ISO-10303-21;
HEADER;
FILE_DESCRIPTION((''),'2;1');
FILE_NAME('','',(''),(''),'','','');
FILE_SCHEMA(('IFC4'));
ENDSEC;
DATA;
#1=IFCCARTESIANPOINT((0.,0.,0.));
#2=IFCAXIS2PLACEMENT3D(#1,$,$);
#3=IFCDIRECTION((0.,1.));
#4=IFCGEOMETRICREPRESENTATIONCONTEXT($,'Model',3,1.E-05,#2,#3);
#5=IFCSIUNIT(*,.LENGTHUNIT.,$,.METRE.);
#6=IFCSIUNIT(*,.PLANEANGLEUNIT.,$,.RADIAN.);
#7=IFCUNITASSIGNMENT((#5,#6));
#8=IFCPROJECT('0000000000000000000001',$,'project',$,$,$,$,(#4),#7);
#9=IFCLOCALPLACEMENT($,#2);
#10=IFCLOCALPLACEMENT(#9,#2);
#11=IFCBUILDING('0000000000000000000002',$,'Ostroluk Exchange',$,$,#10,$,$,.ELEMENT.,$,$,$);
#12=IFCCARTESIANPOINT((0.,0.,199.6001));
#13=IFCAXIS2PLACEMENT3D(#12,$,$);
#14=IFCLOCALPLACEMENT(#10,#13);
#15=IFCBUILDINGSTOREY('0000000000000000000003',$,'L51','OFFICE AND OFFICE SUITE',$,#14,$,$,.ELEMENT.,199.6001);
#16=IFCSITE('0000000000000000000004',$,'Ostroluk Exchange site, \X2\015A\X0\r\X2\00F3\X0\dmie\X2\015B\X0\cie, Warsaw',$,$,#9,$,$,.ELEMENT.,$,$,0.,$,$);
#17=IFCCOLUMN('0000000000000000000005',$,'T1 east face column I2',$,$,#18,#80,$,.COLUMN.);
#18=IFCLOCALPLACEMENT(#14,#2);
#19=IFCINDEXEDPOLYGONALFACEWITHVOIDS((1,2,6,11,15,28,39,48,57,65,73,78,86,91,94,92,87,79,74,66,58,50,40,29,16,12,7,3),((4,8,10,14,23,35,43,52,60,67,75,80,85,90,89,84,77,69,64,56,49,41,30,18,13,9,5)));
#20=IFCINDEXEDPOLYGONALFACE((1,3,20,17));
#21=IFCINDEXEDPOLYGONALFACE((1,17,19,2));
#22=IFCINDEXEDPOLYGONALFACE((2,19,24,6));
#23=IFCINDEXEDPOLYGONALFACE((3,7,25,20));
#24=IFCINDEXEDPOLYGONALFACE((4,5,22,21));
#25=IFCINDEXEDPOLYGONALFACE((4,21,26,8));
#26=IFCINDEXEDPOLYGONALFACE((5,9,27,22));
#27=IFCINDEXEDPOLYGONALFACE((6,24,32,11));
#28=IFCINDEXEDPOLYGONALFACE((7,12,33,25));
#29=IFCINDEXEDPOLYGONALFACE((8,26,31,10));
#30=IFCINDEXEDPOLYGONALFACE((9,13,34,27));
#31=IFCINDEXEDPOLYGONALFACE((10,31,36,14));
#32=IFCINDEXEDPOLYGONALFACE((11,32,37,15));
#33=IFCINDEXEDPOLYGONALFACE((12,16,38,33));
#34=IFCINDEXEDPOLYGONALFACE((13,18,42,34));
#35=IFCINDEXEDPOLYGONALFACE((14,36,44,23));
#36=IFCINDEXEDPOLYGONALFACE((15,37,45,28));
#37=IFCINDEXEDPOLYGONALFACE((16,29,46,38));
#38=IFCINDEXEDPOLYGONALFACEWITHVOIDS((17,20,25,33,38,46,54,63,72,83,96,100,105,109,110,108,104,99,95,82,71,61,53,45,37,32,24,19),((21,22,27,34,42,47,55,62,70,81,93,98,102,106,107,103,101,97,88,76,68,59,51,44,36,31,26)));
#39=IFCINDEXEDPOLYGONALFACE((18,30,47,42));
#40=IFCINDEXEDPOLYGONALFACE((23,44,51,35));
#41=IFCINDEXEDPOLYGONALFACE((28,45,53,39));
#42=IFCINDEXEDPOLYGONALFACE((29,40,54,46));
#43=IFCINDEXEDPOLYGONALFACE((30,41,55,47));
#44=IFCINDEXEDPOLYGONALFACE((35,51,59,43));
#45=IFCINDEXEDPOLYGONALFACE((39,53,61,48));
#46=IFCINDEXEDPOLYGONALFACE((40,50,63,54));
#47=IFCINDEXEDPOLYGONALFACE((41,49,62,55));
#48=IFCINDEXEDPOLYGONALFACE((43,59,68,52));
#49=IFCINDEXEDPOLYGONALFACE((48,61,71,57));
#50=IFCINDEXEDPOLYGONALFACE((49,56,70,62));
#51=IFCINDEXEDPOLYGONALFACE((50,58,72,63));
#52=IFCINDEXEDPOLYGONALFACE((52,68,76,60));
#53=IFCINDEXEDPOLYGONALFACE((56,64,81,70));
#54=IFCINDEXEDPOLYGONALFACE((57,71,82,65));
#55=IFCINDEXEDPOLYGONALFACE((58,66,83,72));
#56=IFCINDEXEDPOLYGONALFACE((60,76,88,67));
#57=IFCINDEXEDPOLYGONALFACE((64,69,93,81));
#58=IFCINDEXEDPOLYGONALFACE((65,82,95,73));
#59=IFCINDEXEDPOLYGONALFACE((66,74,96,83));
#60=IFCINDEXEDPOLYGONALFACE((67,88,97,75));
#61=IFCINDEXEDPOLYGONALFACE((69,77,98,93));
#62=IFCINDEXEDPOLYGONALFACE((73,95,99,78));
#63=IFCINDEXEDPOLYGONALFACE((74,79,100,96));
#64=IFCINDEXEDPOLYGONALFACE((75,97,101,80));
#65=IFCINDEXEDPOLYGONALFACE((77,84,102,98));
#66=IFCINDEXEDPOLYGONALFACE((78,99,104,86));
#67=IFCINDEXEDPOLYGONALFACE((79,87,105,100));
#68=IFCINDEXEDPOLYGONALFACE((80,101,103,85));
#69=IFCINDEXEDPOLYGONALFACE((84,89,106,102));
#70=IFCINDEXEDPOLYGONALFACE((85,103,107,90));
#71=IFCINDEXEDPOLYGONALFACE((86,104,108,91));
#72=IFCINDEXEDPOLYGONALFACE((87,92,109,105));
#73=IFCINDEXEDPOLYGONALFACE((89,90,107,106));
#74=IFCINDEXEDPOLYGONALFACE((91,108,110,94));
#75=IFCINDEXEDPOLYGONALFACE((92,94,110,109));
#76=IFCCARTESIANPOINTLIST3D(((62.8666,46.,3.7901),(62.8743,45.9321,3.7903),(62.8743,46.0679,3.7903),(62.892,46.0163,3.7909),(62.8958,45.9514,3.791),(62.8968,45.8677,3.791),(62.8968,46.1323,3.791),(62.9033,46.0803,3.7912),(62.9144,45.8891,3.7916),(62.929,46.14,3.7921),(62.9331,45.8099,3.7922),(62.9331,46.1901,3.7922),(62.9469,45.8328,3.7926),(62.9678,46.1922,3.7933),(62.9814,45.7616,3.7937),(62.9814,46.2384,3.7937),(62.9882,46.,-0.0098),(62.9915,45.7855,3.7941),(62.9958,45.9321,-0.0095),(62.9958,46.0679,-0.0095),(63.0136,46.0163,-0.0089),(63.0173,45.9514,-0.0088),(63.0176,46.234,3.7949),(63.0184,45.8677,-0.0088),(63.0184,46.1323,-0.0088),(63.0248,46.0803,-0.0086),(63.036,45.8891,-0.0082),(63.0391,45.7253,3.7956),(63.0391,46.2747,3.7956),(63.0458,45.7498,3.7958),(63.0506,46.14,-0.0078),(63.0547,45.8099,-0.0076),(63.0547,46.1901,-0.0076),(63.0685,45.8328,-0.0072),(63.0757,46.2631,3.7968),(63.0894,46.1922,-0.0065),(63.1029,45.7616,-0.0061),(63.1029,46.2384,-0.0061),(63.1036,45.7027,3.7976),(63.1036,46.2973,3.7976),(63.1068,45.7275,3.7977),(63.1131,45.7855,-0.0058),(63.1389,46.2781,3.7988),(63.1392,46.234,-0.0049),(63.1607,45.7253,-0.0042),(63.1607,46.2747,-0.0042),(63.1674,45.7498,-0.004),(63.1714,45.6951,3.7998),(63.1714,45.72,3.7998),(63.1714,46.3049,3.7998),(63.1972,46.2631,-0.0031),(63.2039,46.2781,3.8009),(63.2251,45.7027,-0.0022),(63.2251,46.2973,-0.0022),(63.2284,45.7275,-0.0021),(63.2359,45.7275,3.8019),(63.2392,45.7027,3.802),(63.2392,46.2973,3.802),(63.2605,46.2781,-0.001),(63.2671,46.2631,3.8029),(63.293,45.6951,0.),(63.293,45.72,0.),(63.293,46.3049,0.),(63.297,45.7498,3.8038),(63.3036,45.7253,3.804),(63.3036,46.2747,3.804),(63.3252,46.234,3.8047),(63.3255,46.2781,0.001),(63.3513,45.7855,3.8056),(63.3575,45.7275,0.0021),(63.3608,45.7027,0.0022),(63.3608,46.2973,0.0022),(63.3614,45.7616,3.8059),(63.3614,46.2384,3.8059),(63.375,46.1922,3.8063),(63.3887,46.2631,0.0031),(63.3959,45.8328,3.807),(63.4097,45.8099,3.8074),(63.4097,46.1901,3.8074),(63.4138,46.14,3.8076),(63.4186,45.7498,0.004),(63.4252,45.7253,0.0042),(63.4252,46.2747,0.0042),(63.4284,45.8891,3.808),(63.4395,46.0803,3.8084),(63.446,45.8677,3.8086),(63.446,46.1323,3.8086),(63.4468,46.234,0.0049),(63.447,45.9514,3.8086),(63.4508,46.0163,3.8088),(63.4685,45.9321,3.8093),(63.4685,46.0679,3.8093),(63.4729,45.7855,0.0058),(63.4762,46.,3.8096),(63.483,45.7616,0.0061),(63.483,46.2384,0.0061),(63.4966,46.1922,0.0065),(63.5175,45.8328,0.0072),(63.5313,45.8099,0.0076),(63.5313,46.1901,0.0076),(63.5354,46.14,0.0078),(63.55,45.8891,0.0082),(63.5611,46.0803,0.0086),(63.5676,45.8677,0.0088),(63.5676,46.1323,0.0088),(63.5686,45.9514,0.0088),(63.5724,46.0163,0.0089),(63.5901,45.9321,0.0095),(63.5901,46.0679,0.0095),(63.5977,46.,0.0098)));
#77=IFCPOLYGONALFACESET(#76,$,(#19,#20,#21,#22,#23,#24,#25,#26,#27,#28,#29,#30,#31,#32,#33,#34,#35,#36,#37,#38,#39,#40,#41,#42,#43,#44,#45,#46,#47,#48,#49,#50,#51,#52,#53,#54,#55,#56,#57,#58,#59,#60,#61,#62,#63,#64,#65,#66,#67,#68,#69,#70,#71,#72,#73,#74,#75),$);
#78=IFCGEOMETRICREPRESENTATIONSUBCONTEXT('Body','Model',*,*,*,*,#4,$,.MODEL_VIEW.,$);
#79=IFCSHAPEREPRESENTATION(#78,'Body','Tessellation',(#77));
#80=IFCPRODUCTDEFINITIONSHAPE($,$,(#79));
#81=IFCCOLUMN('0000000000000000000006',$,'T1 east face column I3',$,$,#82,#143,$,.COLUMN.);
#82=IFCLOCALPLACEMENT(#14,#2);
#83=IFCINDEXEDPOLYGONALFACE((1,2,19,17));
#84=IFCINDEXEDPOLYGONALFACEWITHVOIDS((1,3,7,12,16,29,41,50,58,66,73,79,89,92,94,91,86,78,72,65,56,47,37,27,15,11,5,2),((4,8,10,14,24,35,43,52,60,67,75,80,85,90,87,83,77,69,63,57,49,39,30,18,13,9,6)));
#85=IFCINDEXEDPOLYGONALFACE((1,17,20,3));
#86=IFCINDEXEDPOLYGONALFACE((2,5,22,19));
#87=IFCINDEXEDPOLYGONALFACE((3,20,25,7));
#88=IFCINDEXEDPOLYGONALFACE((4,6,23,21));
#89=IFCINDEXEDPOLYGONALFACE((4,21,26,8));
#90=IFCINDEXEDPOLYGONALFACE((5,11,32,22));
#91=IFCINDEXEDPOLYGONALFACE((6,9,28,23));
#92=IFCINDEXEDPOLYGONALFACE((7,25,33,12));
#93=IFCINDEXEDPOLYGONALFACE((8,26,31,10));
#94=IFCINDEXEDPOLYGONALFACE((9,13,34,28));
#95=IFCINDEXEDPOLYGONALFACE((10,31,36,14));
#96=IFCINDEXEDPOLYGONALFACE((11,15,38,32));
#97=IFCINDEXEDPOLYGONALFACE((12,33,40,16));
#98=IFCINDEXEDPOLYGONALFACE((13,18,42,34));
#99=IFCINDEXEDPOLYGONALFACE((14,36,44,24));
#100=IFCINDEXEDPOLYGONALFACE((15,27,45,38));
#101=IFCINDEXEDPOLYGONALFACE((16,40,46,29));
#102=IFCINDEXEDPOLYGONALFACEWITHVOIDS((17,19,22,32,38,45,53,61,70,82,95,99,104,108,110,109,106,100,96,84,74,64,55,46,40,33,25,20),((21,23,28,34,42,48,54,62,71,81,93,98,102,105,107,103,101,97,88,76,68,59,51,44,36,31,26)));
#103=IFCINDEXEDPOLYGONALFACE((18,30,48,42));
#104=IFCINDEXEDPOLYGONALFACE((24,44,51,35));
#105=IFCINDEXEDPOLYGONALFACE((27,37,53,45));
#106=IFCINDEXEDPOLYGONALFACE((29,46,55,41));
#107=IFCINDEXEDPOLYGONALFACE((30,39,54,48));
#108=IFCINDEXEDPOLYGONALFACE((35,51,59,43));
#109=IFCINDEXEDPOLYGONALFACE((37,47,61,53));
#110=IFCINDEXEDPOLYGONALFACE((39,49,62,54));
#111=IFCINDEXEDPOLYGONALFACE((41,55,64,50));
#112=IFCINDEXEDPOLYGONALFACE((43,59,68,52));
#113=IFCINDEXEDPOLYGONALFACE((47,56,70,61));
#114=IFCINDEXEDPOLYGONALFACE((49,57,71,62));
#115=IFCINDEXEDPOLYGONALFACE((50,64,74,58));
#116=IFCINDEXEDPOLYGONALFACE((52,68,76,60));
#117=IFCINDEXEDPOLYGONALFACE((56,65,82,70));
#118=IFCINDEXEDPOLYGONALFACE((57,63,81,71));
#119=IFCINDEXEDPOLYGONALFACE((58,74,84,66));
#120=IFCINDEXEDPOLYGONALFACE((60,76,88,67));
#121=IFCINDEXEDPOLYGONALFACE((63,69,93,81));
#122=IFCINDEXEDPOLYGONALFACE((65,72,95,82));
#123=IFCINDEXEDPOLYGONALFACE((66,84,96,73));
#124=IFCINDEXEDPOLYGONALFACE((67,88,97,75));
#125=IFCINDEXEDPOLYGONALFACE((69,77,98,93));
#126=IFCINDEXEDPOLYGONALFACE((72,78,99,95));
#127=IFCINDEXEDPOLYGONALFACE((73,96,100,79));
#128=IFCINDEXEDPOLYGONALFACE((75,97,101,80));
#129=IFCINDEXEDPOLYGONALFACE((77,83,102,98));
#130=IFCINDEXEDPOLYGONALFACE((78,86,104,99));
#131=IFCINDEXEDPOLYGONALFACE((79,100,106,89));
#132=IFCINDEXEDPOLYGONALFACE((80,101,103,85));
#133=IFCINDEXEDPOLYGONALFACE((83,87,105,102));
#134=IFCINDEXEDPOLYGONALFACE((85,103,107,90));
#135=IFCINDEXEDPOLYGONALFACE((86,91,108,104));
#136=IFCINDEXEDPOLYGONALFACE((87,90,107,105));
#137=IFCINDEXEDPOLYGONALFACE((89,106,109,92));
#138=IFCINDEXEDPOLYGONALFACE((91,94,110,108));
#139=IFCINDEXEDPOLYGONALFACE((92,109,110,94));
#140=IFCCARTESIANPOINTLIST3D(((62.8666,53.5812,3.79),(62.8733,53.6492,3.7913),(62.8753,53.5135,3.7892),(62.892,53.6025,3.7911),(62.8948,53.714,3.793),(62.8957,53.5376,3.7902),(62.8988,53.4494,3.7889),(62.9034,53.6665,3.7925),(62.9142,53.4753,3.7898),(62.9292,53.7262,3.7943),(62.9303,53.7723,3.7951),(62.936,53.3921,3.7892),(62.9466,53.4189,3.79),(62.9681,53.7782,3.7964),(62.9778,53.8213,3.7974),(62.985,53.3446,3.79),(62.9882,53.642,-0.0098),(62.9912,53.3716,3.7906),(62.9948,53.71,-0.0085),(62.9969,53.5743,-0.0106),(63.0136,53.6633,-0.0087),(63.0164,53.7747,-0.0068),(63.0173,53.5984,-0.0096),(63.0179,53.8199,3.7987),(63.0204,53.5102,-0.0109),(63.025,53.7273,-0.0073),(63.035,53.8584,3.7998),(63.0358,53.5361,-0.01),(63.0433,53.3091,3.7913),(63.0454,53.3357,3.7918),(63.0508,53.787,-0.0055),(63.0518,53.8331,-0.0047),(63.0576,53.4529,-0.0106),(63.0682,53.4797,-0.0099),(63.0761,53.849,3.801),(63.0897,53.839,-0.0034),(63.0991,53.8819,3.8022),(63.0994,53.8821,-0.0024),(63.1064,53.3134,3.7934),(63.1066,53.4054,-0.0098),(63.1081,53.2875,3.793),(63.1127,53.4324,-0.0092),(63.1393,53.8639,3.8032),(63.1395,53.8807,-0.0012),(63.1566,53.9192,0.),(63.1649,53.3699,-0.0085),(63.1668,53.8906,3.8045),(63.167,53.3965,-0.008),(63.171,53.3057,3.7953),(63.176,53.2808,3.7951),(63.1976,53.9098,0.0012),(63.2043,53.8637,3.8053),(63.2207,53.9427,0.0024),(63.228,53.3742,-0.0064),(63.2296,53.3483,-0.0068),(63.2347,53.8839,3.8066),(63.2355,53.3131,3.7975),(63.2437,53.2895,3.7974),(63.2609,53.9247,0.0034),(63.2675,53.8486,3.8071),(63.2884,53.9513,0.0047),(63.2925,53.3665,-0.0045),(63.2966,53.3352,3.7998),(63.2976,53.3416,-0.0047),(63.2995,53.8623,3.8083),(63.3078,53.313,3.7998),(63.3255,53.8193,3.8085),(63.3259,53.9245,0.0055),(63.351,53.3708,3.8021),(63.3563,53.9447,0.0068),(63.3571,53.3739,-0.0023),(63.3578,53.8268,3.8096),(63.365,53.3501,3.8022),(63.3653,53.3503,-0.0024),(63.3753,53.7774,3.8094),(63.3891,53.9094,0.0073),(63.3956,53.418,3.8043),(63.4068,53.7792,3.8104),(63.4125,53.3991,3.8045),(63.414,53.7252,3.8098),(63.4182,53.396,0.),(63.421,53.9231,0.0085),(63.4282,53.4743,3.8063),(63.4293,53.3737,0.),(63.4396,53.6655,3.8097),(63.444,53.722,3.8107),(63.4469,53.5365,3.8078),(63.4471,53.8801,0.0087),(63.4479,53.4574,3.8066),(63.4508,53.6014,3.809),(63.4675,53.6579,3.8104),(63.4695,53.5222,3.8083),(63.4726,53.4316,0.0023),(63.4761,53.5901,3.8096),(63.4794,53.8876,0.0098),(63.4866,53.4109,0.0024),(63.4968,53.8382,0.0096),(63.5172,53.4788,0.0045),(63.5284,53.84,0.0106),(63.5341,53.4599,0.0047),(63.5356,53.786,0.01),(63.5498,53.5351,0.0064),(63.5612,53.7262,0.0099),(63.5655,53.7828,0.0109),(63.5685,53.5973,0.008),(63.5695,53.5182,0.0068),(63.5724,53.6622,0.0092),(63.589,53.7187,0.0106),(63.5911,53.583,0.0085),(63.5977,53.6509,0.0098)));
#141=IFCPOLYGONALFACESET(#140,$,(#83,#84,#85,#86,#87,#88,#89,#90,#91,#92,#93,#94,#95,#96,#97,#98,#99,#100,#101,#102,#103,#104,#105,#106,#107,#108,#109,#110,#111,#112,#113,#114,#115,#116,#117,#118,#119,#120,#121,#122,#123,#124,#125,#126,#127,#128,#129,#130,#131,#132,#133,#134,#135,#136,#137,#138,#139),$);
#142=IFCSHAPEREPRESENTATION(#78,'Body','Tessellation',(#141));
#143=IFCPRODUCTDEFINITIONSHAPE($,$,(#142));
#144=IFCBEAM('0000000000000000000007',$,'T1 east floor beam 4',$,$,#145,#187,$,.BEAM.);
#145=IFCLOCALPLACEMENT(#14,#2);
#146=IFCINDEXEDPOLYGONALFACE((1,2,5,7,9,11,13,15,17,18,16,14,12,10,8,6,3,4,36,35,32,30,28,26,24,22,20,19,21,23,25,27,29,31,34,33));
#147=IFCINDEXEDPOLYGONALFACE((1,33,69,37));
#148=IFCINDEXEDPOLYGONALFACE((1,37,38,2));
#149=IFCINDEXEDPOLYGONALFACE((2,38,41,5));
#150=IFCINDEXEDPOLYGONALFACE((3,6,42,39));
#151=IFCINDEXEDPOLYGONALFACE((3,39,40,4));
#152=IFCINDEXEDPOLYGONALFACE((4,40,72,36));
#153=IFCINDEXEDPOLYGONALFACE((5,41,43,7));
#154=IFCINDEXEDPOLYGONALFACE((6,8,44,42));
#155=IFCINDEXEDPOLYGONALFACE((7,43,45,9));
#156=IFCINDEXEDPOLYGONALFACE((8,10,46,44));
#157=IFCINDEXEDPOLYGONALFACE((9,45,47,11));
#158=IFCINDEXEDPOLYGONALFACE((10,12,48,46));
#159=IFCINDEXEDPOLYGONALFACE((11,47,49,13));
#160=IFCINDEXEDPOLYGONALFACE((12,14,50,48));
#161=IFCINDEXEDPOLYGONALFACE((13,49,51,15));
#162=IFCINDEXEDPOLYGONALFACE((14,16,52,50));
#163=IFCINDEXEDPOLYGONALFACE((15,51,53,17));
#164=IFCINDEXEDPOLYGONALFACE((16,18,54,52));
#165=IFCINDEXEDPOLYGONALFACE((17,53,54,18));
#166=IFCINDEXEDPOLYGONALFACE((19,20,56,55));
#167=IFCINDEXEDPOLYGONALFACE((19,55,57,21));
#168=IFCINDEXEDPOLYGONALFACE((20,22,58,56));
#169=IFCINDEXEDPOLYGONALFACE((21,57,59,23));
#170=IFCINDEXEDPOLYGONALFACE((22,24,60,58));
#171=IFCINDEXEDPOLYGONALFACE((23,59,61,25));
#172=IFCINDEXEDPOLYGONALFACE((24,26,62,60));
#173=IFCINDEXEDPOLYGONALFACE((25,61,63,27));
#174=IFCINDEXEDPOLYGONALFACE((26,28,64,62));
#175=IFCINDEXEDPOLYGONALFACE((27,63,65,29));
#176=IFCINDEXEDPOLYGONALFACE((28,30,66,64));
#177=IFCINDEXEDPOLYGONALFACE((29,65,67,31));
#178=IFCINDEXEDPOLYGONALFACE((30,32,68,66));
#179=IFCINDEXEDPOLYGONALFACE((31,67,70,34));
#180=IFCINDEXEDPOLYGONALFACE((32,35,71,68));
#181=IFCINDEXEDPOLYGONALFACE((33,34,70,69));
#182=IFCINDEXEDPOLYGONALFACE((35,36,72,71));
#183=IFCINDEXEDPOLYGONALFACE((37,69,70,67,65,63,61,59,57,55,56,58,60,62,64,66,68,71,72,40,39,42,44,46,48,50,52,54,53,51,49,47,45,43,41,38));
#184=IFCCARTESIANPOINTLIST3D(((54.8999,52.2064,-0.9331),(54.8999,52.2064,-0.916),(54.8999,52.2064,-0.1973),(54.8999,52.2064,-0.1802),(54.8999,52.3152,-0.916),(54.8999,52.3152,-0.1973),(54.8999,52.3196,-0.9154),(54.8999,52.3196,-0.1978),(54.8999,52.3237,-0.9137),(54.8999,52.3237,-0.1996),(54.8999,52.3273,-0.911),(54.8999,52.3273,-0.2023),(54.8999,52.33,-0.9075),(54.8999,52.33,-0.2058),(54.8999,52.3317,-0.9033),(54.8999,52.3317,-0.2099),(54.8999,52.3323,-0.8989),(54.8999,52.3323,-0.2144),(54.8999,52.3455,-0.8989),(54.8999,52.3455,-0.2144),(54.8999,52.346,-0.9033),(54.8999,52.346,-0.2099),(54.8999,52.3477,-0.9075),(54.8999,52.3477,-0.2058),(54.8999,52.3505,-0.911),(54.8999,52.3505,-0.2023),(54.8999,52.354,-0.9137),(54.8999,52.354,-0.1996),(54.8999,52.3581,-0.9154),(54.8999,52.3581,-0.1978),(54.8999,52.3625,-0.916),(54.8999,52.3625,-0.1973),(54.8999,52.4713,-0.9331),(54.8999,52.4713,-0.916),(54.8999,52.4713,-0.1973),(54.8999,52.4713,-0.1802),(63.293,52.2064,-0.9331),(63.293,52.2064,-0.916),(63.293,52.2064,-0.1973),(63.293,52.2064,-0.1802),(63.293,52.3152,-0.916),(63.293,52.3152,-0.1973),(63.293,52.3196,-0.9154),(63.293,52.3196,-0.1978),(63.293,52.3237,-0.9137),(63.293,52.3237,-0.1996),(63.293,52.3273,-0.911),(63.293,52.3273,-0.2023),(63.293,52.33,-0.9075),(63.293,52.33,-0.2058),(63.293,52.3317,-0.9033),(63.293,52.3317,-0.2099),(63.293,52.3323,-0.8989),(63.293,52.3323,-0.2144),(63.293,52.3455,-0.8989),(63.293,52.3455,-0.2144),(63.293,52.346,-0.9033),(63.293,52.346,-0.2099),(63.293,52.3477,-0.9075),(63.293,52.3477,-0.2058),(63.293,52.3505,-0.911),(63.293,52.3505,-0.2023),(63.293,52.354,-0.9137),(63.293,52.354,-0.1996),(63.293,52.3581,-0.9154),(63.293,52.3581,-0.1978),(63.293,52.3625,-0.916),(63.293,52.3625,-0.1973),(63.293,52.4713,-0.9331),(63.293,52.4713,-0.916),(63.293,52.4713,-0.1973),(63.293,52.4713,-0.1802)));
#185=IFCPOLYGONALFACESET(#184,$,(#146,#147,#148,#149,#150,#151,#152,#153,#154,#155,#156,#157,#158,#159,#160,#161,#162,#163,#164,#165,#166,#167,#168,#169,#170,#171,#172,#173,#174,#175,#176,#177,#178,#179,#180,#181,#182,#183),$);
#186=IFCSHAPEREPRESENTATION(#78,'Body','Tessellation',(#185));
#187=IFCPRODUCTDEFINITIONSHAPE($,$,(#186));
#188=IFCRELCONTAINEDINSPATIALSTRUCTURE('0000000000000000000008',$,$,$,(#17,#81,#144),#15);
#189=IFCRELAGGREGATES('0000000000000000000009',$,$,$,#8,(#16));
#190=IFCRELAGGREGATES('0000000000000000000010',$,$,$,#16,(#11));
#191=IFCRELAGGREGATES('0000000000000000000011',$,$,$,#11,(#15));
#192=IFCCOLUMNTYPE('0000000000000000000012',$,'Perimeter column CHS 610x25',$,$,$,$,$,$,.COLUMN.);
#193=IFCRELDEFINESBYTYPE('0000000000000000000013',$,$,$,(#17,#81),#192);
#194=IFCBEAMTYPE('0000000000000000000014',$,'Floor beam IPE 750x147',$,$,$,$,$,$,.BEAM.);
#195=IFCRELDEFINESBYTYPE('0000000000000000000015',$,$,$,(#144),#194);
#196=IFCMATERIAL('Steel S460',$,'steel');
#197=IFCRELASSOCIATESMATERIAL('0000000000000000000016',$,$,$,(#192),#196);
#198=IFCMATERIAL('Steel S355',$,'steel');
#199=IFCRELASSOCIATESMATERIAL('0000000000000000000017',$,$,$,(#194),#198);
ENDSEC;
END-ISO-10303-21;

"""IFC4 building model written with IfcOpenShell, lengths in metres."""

from ifc_helpers import new_model, si_unit, direction, frame, origin, origin_2d, place, context, subcontext, project, spatial, hollow_circle, i_section, extrude, material, material_profile, profile_set, type_object, element, save


model = new_model("IFC4")

# Units and contexts
model_context = context("Model", 3, precision=1e-05, world=origin(), true_north=direction((0.0, 1.0)))
body_context = subcontext(model_context, "Body", "Model", "MODEL_VIEW")
ifc_project = project(units=[si_unit("LENGTHUNIT", "METRE"), si_unit("PLANEANGLEUNIT", "RADIAN")], contexts=[model_context])

# Site, building, storey
site_placement = place(None, origin())
site = spatial("IfcSite", under=ifc_project, at=site_placement, Name="Ostroluk Exchange site, Śródmieście, Warsaw", CompositionType="ELEMENT", RefElevation=0.0)
building_placement = place(site_placement, origin())
building = spatial("IfcBuilding", under=site, at=building_placement, Name="Ostroluk Exchange", CompositionType="ELEMENT")
storey_placement = place(building_placement, frame((0.0, 0.0, 199.6001)))
storey = spatial("IfcBuildingStorey", under=building, at=storey_placement, Name="L51", Description="OFFICE AND OFFICE SUITE", CompositionType="ELEMENT", Elevation=199.6001)

# Columns
ifc_material_1 = material(Name="Steel S460", Category="steel")
ifc_material_profile_1 = material_profile(ifc_material_1, hollow_circle(Radius=0.3049, WallThickness=0.0249, at=origin_2d()), Name="CHS 610x25")
ifc_profile_set_1 = profile_set([ifc_material_profile_1], Name="Steel S460")
column_type = type_object("IfcColumnType", Name="Perimeter column CHS 610x25", PredefinedType="COLUMN", material=ifc_profile_set_1)
column_1_placement = place(storey_placement, frame((63.293, 46.0, 0.0), z_axis=(-0.031981, 0.0, 0.999488), x_axis=(0.0, -1.0, 0.0)))
element("IfcColumn", 1, at=column_1_placement, inside=storey, type_object=column_type, Name="T1 east face column I2", PredefinedType="COLUMN", context=body_context, shape_type="SweptSolid", body=[
    extrude(hollow_circle(Radius=0.3049, WallThickness=0.0249, at=origin_2d()), origin(), (0.0, 0.0, 1.0), 3.8018),
])
column_2_placement = place(storey_placement, frame((63.293, 53.6465, 0.0), z_axis=(-0.031976, -0.015988, 0.999361), x_axis=(0.447214, -0.894427, 0.0)))
element("IfcColumn", 2, at=column_2_placement, inside=storey, type_object=column_type, Name="T1 east face column I3", PredefinedType="COLUMN", context=body_context, shape_type="SweptSolid", body=[
    extrude(hollow_circle(Radius=0.3049, WallThickness=0.0249, at=origin_2d()), origin(), (0.0, 0.0, 1.0), 3.8022),
])

# Beam
ifc_material_2 = material(Name="Steel S355", Category="steel")
ifc_material_profile_2 = material_profile(ifc_material_2, i_section(OverallWidth=0.2649, OverallDepth=0.7529, WebThickness=0.0132, FlangeThickness=0.0171, FilletRadius=0.0171, at=origin_2d()), Name="IPE 750x147")
ifc_profile_set_2 = profile_set([ifc_material_profile_2], Name="Steel S355")
beam_type_1 = type_object("IfcBeamType", Name="Floor beam IPE 750x147", PredefinedType="BEAM", material=ifc_profile_set_2)
beam_placement = place(storey_placement, frame((54.8999, 52.3389, -0.5566), z_axis=(1.0, 0.0, 0.0), x_axis=(0.0, 1.0, 0.0)))
element("IfcBeam", 3, at=beam_placement, inside=storey, type_object=beam_type_1, Name="T1 east floor beam 4", PredefinedType="BEAM", context=body_context, shape_type="SweptSolid", body=[
    extrude(i_section(OverallWidth=0.2649, OverallDepth=0.7529, WebThickness=0.0132, FlangeThickness=0.0171, FilletRadius=0.0171, at=origin_2d()), origin(), (0.0, 0.0, 1.0), 8.3931),
])

save(model, "model.ifc")
